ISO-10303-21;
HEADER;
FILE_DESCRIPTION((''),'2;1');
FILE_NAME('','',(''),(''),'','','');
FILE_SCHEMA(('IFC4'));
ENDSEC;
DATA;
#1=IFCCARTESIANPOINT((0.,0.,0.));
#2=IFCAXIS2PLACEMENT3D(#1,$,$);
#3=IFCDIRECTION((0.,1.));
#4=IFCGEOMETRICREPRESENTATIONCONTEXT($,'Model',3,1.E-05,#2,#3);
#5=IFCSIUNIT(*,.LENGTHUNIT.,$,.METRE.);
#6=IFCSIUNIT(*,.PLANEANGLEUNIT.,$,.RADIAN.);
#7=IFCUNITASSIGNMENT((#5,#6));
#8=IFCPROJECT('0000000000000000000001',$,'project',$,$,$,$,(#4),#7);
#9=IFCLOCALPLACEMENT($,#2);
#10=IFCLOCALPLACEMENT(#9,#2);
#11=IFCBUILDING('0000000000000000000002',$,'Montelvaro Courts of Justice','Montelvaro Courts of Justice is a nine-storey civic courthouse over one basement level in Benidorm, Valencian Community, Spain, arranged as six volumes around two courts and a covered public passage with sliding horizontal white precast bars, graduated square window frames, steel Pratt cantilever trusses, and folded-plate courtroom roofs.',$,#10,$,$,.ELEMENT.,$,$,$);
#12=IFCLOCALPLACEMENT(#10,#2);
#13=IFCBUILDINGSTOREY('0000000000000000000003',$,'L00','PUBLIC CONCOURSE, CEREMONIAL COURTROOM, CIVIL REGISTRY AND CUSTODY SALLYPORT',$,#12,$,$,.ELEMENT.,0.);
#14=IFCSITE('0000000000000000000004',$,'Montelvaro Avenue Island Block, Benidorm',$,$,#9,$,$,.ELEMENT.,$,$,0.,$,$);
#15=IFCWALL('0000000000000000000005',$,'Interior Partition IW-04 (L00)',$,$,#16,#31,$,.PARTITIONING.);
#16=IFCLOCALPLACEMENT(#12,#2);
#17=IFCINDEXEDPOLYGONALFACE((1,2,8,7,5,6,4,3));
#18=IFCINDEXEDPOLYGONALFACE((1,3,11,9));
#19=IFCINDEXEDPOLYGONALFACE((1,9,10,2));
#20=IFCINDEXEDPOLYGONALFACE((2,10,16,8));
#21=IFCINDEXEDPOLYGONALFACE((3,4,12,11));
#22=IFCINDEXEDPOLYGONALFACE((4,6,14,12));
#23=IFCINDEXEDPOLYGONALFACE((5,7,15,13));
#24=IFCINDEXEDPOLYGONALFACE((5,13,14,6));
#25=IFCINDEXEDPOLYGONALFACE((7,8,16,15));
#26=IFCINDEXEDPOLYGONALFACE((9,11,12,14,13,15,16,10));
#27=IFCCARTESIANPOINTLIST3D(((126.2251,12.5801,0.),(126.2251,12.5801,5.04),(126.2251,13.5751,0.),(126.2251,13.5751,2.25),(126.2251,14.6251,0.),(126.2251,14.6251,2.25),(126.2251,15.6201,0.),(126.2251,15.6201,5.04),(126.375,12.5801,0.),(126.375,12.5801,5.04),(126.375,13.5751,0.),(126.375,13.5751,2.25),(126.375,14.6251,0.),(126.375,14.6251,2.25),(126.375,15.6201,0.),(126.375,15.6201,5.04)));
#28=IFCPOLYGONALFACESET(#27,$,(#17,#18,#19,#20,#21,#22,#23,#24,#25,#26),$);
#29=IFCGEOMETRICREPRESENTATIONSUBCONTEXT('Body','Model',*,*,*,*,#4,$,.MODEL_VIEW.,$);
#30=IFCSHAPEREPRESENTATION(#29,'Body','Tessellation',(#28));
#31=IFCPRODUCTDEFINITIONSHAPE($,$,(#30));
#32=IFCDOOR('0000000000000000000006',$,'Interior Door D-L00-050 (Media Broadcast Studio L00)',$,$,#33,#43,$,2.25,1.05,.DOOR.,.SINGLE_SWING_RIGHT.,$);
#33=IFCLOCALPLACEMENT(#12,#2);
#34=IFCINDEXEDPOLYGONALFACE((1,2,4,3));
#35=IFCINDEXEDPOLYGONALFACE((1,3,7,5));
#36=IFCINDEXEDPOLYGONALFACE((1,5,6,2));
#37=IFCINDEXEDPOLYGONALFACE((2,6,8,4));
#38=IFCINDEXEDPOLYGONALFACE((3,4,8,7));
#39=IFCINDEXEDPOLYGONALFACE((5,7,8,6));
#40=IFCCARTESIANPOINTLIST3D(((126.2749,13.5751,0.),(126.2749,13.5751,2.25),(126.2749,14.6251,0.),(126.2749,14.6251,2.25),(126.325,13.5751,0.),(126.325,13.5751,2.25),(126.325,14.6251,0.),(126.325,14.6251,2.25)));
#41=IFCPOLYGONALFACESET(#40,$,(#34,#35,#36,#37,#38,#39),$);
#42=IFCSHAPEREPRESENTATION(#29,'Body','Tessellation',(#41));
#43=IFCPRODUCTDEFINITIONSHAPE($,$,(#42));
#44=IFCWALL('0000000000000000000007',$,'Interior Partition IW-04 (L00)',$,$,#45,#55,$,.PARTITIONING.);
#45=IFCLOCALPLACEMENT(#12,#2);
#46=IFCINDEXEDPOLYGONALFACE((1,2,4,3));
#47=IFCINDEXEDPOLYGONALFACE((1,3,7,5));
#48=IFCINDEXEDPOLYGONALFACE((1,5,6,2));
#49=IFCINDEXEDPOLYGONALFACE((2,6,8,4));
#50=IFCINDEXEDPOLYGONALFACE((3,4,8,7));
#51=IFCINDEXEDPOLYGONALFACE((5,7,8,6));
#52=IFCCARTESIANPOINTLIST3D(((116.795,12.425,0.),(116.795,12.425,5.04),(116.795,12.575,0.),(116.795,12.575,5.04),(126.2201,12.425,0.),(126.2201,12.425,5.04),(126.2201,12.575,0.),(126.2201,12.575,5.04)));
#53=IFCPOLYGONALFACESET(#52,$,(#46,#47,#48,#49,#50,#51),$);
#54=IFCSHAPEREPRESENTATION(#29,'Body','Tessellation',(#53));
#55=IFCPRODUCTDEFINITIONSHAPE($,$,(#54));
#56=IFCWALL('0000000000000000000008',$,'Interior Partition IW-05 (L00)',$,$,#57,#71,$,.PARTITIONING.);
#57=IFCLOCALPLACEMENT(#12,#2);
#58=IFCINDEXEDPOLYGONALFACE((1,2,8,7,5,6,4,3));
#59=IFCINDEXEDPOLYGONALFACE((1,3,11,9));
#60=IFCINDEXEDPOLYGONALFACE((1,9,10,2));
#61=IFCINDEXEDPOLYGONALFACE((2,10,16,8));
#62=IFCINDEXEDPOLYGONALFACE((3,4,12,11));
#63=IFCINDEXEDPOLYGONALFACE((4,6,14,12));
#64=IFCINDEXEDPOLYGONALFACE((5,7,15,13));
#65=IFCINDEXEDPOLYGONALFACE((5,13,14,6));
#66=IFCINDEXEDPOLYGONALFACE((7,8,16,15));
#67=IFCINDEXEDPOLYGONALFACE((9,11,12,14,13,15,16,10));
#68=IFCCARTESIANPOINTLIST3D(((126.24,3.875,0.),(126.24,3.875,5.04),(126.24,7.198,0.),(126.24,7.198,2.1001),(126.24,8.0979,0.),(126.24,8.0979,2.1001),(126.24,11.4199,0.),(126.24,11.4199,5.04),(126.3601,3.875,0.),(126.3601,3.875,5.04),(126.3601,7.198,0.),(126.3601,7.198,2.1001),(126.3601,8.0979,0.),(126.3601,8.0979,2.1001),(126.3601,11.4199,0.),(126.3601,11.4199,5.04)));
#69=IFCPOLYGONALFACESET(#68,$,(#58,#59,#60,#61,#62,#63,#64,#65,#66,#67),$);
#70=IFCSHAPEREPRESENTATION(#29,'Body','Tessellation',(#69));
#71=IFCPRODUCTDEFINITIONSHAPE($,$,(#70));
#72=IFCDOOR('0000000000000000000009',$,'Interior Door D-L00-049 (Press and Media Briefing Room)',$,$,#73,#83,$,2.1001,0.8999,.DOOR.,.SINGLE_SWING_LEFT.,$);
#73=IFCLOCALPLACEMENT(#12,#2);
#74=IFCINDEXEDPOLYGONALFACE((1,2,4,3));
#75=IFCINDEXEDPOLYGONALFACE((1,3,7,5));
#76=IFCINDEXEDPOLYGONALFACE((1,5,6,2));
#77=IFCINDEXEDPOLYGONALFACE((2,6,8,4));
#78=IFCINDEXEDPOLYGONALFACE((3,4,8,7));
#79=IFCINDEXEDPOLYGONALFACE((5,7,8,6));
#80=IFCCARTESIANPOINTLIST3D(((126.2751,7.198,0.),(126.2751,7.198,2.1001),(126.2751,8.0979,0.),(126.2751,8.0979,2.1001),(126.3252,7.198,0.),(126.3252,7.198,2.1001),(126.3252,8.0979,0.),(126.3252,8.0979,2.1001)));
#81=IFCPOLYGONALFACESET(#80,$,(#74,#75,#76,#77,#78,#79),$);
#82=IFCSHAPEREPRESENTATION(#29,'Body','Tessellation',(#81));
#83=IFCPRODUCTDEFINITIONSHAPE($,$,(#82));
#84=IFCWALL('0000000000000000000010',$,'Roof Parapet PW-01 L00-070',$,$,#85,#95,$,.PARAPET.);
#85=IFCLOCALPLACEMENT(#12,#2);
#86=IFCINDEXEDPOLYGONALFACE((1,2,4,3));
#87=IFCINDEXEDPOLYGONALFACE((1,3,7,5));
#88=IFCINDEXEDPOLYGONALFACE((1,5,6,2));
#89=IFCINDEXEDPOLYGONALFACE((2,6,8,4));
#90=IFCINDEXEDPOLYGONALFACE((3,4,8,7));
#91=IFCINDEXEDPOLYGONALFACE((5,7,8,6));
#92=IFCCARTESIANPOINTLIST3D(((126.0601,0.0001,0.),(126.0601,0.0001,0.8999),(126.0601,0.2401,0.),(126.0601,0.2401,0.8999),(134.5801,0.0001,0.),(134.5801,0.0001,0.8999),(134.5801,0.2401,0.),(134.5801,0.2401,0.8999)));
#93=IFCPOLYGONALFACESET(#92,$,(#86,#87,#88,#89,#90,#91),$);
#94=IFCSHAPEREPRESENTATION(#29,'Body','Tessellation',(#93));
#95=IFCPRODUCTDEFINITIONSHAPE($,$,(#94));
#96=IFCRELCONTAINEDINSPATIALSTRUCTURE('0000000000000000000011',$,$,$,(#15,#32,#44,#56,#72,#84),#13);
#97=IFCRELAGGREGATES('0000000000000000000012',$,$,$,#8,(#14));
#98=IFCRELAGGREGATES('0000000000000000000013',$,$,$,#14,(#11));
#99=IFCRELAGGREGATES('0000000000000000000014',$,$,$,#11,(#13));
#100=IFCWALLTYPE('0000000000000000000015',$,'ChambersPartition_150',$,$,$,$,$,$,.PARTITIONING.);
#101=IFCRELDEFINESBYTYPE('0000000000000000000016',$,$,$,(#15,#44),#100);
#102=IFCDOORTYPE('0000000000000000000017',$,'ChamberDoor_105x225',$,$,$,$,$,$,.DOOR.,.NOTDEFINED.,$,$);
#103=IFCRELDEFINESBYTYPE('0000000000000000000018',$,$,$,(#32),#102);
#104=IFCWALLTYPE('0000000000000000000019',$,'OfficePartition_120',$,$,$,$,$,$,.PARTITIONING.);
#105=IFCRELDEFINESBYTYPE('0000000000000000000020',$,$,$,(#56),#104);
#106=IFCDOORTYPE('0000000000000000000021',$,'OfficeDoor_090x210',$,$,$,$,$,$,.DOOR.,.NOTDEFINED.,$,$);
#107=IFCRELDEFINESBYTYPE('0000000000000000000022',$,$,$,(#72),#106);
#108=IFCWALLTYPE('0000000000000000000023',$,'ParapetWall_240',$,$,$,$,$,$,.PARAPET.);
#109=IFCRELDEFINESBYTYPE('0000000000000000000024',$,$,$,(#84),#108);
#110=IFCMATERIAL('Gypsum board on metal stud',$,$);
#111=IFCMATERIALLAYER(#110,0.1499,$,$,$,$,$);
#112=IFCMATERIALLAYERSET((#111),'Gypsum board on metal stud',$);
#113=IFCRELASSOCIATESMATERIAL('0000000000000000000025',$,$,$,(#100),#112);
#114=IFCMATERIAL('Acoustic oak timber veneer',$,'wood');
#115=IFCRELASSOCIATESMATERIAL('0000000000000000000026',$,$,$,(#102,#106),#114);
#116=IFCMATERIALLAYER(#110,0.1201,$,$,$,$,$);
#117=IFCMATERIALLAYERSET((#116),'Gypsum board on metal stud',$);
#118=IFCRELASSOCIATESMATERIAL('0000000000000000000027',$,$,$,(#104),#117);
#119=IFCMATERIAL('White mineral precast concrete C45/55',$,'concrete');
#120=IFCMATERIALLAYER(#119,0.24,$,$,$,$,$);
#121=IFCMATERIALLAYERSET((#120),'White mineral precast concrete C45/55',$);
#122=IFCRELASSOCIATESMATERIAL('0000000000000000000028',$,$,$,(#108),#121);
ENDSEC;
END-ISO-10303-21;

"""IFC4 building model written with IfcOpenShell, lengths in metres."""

from ifc_helpers import new_model, si_unit, direction, frame, frame_2d, origin, place, context, subcontext, project, spatial, rectangle, extrude, material, layer, layer_set, type_object, element, fill, save


model = new_model("IFC4")

# Units and contexts
model_context = context("Model", 3, precision=1e-05, world=origin(), true_north=direction((0.0, 1.0)))
body_context = subcontext(model_context, "Body", "Model", "MODEL_VIEW")
ifc_project = project(units=[si_unit("LENGTHUNIT", "METRE"), si_unit("PLANEANGLEUNIT", "RADIAN")], contexts=[model_context])

# Site, building, storey
site_placement = place(None, origin())
site = spatial("IfcSite", under=ifc_project, at=site_placement, Name="Montelvaro Avenue Island Block, Benidorm", CompositionType="ELEMENT", RefElevation=0.0)
building_placement = place(site_placement, origin())
building = spatial("IfcBuilding", under=site, at=building_placement, Name="Montelvaro Courts of Justice", Description="Montelvaro Courts of Justice is a nine-storey civic courthouse over one basement level in Benidorm, Valencian Community, Spain, arranged as six volumes around two courts and a covered public passage with sliding horizontal white precast bars, graduated square window frames, steel Pratt cantilever trusses, and folded-plate courtroom roofs.", CompositionType="ELEMENT")
storey_placement = place(building_placement, origin())
storey = spatial("IfcBuildingStorey", under=building, at=storey_placement, Name="L00", Description="PUBLIC CONCOURSE, CEREMONIAL COURTROOM, CIVIL REGISTRY AND CUSTODY SALLYPORT", CompositionType="ELEMENT", Elevation=0.0)

# Wall, opening, door
ifc_material_1 = material(Name="Gypsum board on metal stud")
ifc_layer_1 = layer(ifc_material_1, 0.1499)
ifc_layer_set_1 = layer_set([ifc_layer_1], Name="Gypsum board on metal stud")
wall_type_1 = type_object("IfcWallType", Name="ChambersPartition_150", PredefinedType="PARTITIONING", material=ifc_layer_set_1)
wall_1_placement = place(storey_placement, frame((126.3, 15.6201, 0.0), z_axis=(0.0, 0.0, 1.0), x_axis=(0.0, -1.0, 0.0)))
wall_1 = element("IfcWall", 1, at=wall_1_placement, inside=storey, type_object=wall_type_1, Name="Interior Partition IW-04 (L00)", PredefinedType="PARTITIONING", context=body_context, shape_type="SweptSolid", body=[
    extrude(rectangle(XDim=3.04, YDim=0.1499, at=frame_2d((1.52, 0.0))), origin(), (0.0, 0.0, 1.0), 5.04),
])
opening_1_placement = place(wall_1_placement, frame((0.9951, 0.0, 0.0)))
opening_1 = element("IfcOpeningElement", 2, at=opening_1_placement, cuts=wall_1, PredefinedType="OPENING", context=body_context, shape_type="SweptSolid", body=[
    extrude(rectangle(XDim=1.05, YDim=2.25, at=frame_2d((0.5249, 1.125))), frame((0.0, 0.0898, 0.0), z_axis=(0.0, -1.0, 0.0), x_axis=(1.0, 0.0, 0.0)), (0.0, 0.0, 1.0), 0.1797),
])
ifc_material_2 = material(Name="Acoustic oak timber veneer", Category="wood")
door_type_1 = type_object("IfcDoorType", Name="ChamberDoor_105x225", OperationType="NOTDEFINED", PredefinedType="DOOR", material=ifc_material_2)
door_1_placement = place(opening_1_placement, origin())
door_1 = element("IfcDoor", 3, at=door_1_placement, inside=storey, type_object=door_type_1, Name="Interior Door D-L00-050 (Media Broadcast Studio L00)", OperationType="SINGLE_SWING_RIGHT", OverallHeight=2.25, OverallWidth=1.05, PredefinedType="DOOR", context=body_context, shape_type="SweptSolid", body=[
    extrude(rectangle(XDim=1.05, YDim=2.25, at=frame_2d((0.5249, 1.125))), frame((0.0, 0.0249, 0.0), z_axis=(0.0, -1.0, 0.0), x_axis=(1.0, 0.0, 0.0)), (0.0, 0.0, 1.0), 0.05),
])
fill(opening_1, door_1)

# Wall
wall_2_placement = place(storey_placement, frame((126.22, 12.5, 0.0), z_axis=(0.0, 0.0, 1.0), x_axis=(-1.0, 0.0, 0.0)))
element("IfcWall", 4, at=wall_2_placement, inside=storey, type_object=wall_type_1, Name="Interior Partition IW-04 (L00)", PredefinedType="PARTITIONING", context=body_context, shape_type="SweptSolid", body=[
    extrude(rectangle(XDim=9.425, YDim=0.1499, at=frame_2d((4.7124, 0.0))), origin(), (0.0, 0.0, 1.0), 5.04),
])

# Wall, opening, door
ifc_layer_2 = layer(ifc_material_1, 0.1201)
ifc_layer_set_2 = layer_set([ifc_layer_2], Name="Gypsum board on metal stud")
wall_type_2 = type_object("IfcWallType", Name="OfficePartition_120", PredefinedType="PARTITIONING", material=ifc_layer_set_2)
wall_3_placement = place(storey_placement, frame((126.3, 11.4199, 0.0), z_axis=(0.0, 0.0, 1.0), x_axis=(0.0, -1.0, 0.0)))
wall_3 = element("IfcWall", 5, at=wall_3_placement, inside=storey, type_object=wall_type_2, Name="Interior Partition IW-05 (L00)", PredefinedType="PARTITIONING", context=body_context, shape_type="SweptSolid", body=[
    extrude(rectangle(XDim=7.5449, YDim=0.1201, at=frame_2d((3.7725, 0.0))), origin(), (0.0, 0.0, 1.0), 5.04),
])
opening_2_placement = place(wall_3_placement, frame((3.322, 0.0, 0.0)))
opening_2 = element("IfcOpeningElement", 6, at=opening_2_placement, cuts=wall_3, PredefinedType="OPENING", context=body_context, shape_type="SweptSolid", body=[
    extrude(rectangle(XDim=0.8999, YDim=2.1001, at=frame_2d((0.45, 1.05))), frame((0.0, 0.075, 0.0), z_axis=(0.0, -1.0, 0.0), x_axis=(1.0, 0.0, 0.0)), (0.0, 0.0, 1.0), 0.1499),
])
door_type_2 = type_object("IfcDoorType", Name="OfficeDoor_090x210", OperationType="NOTDEFINED", PredefinedType="DOOR", material=ifc_material_2)
door_2_placement = place(opening_2_placement, frame((0.8999, 0.0, 0.0), z_axis=(0.0, 0.0, 1.0), x_axis=(-1.0, 0.0, 0.0)))
door_2 = element("IfcDoor", 7, at=door_2_placement, inside=storey, type_object=door_type_2, Name="Interior Door D-L00-049 (Press and Media Briefing Room)", OperationType="SINGLE_SWING_LEFT", OverallHeight=2.1001, OverallWidth=0.8999, PredefinedType="DOOR", context=body_context, shape_type="SweptSolid", body=[
    extrude(rectangle(XDim=0.8999, YDim=2.1001, at=frame_2d((0.45, 1.05))), frame((0.0, 0.0249, 0.0), z_axis=(0.0, -1.0, 0.0), x_axis=(1.0, 0.0, 0.0)), (0.0, 0.0, 1.0), 0.05),
])
fill(opening_2, door_2)

# Wall
ifc_material_3 = material(Name="White mineral precast concrete C45/55", Category="concrete")
ifc_layer_3 = layer(ifc_material_3, 0.24)
ifc_layer_set_3 = layer_set([ifc_layer_3], Name="White mineral precast concrete C45/55")
wall_type_3 = type_object("IfcWallType", Name="ParapetWall_240", PredefinedType="PARAPET", material=ifc_layer_set_3)
wall_4_placement = place(storey_placement, frame((126.0601, 0.1201, 0.0), z_axis=(0.0, 0.0, 1.0), x_axis=(1.0, 0.0, 0.0)))
element("IfcWall", 8, at=wall_4_placement, inside=storey, type_object=wall_type_3, Name="Roof Parapet PW-01 L00-070", PredefinedType="PARAPET", context=body_context, shape_type="SweptSolid", body=[
    extrude(rectangle(XDim=8.52, YDim=0.24, at=frame_2d((4.26, 0.0))), origin(), (0.0, 0.0, 1.0), 0.8999),
])

save(model, "model.ifc")
